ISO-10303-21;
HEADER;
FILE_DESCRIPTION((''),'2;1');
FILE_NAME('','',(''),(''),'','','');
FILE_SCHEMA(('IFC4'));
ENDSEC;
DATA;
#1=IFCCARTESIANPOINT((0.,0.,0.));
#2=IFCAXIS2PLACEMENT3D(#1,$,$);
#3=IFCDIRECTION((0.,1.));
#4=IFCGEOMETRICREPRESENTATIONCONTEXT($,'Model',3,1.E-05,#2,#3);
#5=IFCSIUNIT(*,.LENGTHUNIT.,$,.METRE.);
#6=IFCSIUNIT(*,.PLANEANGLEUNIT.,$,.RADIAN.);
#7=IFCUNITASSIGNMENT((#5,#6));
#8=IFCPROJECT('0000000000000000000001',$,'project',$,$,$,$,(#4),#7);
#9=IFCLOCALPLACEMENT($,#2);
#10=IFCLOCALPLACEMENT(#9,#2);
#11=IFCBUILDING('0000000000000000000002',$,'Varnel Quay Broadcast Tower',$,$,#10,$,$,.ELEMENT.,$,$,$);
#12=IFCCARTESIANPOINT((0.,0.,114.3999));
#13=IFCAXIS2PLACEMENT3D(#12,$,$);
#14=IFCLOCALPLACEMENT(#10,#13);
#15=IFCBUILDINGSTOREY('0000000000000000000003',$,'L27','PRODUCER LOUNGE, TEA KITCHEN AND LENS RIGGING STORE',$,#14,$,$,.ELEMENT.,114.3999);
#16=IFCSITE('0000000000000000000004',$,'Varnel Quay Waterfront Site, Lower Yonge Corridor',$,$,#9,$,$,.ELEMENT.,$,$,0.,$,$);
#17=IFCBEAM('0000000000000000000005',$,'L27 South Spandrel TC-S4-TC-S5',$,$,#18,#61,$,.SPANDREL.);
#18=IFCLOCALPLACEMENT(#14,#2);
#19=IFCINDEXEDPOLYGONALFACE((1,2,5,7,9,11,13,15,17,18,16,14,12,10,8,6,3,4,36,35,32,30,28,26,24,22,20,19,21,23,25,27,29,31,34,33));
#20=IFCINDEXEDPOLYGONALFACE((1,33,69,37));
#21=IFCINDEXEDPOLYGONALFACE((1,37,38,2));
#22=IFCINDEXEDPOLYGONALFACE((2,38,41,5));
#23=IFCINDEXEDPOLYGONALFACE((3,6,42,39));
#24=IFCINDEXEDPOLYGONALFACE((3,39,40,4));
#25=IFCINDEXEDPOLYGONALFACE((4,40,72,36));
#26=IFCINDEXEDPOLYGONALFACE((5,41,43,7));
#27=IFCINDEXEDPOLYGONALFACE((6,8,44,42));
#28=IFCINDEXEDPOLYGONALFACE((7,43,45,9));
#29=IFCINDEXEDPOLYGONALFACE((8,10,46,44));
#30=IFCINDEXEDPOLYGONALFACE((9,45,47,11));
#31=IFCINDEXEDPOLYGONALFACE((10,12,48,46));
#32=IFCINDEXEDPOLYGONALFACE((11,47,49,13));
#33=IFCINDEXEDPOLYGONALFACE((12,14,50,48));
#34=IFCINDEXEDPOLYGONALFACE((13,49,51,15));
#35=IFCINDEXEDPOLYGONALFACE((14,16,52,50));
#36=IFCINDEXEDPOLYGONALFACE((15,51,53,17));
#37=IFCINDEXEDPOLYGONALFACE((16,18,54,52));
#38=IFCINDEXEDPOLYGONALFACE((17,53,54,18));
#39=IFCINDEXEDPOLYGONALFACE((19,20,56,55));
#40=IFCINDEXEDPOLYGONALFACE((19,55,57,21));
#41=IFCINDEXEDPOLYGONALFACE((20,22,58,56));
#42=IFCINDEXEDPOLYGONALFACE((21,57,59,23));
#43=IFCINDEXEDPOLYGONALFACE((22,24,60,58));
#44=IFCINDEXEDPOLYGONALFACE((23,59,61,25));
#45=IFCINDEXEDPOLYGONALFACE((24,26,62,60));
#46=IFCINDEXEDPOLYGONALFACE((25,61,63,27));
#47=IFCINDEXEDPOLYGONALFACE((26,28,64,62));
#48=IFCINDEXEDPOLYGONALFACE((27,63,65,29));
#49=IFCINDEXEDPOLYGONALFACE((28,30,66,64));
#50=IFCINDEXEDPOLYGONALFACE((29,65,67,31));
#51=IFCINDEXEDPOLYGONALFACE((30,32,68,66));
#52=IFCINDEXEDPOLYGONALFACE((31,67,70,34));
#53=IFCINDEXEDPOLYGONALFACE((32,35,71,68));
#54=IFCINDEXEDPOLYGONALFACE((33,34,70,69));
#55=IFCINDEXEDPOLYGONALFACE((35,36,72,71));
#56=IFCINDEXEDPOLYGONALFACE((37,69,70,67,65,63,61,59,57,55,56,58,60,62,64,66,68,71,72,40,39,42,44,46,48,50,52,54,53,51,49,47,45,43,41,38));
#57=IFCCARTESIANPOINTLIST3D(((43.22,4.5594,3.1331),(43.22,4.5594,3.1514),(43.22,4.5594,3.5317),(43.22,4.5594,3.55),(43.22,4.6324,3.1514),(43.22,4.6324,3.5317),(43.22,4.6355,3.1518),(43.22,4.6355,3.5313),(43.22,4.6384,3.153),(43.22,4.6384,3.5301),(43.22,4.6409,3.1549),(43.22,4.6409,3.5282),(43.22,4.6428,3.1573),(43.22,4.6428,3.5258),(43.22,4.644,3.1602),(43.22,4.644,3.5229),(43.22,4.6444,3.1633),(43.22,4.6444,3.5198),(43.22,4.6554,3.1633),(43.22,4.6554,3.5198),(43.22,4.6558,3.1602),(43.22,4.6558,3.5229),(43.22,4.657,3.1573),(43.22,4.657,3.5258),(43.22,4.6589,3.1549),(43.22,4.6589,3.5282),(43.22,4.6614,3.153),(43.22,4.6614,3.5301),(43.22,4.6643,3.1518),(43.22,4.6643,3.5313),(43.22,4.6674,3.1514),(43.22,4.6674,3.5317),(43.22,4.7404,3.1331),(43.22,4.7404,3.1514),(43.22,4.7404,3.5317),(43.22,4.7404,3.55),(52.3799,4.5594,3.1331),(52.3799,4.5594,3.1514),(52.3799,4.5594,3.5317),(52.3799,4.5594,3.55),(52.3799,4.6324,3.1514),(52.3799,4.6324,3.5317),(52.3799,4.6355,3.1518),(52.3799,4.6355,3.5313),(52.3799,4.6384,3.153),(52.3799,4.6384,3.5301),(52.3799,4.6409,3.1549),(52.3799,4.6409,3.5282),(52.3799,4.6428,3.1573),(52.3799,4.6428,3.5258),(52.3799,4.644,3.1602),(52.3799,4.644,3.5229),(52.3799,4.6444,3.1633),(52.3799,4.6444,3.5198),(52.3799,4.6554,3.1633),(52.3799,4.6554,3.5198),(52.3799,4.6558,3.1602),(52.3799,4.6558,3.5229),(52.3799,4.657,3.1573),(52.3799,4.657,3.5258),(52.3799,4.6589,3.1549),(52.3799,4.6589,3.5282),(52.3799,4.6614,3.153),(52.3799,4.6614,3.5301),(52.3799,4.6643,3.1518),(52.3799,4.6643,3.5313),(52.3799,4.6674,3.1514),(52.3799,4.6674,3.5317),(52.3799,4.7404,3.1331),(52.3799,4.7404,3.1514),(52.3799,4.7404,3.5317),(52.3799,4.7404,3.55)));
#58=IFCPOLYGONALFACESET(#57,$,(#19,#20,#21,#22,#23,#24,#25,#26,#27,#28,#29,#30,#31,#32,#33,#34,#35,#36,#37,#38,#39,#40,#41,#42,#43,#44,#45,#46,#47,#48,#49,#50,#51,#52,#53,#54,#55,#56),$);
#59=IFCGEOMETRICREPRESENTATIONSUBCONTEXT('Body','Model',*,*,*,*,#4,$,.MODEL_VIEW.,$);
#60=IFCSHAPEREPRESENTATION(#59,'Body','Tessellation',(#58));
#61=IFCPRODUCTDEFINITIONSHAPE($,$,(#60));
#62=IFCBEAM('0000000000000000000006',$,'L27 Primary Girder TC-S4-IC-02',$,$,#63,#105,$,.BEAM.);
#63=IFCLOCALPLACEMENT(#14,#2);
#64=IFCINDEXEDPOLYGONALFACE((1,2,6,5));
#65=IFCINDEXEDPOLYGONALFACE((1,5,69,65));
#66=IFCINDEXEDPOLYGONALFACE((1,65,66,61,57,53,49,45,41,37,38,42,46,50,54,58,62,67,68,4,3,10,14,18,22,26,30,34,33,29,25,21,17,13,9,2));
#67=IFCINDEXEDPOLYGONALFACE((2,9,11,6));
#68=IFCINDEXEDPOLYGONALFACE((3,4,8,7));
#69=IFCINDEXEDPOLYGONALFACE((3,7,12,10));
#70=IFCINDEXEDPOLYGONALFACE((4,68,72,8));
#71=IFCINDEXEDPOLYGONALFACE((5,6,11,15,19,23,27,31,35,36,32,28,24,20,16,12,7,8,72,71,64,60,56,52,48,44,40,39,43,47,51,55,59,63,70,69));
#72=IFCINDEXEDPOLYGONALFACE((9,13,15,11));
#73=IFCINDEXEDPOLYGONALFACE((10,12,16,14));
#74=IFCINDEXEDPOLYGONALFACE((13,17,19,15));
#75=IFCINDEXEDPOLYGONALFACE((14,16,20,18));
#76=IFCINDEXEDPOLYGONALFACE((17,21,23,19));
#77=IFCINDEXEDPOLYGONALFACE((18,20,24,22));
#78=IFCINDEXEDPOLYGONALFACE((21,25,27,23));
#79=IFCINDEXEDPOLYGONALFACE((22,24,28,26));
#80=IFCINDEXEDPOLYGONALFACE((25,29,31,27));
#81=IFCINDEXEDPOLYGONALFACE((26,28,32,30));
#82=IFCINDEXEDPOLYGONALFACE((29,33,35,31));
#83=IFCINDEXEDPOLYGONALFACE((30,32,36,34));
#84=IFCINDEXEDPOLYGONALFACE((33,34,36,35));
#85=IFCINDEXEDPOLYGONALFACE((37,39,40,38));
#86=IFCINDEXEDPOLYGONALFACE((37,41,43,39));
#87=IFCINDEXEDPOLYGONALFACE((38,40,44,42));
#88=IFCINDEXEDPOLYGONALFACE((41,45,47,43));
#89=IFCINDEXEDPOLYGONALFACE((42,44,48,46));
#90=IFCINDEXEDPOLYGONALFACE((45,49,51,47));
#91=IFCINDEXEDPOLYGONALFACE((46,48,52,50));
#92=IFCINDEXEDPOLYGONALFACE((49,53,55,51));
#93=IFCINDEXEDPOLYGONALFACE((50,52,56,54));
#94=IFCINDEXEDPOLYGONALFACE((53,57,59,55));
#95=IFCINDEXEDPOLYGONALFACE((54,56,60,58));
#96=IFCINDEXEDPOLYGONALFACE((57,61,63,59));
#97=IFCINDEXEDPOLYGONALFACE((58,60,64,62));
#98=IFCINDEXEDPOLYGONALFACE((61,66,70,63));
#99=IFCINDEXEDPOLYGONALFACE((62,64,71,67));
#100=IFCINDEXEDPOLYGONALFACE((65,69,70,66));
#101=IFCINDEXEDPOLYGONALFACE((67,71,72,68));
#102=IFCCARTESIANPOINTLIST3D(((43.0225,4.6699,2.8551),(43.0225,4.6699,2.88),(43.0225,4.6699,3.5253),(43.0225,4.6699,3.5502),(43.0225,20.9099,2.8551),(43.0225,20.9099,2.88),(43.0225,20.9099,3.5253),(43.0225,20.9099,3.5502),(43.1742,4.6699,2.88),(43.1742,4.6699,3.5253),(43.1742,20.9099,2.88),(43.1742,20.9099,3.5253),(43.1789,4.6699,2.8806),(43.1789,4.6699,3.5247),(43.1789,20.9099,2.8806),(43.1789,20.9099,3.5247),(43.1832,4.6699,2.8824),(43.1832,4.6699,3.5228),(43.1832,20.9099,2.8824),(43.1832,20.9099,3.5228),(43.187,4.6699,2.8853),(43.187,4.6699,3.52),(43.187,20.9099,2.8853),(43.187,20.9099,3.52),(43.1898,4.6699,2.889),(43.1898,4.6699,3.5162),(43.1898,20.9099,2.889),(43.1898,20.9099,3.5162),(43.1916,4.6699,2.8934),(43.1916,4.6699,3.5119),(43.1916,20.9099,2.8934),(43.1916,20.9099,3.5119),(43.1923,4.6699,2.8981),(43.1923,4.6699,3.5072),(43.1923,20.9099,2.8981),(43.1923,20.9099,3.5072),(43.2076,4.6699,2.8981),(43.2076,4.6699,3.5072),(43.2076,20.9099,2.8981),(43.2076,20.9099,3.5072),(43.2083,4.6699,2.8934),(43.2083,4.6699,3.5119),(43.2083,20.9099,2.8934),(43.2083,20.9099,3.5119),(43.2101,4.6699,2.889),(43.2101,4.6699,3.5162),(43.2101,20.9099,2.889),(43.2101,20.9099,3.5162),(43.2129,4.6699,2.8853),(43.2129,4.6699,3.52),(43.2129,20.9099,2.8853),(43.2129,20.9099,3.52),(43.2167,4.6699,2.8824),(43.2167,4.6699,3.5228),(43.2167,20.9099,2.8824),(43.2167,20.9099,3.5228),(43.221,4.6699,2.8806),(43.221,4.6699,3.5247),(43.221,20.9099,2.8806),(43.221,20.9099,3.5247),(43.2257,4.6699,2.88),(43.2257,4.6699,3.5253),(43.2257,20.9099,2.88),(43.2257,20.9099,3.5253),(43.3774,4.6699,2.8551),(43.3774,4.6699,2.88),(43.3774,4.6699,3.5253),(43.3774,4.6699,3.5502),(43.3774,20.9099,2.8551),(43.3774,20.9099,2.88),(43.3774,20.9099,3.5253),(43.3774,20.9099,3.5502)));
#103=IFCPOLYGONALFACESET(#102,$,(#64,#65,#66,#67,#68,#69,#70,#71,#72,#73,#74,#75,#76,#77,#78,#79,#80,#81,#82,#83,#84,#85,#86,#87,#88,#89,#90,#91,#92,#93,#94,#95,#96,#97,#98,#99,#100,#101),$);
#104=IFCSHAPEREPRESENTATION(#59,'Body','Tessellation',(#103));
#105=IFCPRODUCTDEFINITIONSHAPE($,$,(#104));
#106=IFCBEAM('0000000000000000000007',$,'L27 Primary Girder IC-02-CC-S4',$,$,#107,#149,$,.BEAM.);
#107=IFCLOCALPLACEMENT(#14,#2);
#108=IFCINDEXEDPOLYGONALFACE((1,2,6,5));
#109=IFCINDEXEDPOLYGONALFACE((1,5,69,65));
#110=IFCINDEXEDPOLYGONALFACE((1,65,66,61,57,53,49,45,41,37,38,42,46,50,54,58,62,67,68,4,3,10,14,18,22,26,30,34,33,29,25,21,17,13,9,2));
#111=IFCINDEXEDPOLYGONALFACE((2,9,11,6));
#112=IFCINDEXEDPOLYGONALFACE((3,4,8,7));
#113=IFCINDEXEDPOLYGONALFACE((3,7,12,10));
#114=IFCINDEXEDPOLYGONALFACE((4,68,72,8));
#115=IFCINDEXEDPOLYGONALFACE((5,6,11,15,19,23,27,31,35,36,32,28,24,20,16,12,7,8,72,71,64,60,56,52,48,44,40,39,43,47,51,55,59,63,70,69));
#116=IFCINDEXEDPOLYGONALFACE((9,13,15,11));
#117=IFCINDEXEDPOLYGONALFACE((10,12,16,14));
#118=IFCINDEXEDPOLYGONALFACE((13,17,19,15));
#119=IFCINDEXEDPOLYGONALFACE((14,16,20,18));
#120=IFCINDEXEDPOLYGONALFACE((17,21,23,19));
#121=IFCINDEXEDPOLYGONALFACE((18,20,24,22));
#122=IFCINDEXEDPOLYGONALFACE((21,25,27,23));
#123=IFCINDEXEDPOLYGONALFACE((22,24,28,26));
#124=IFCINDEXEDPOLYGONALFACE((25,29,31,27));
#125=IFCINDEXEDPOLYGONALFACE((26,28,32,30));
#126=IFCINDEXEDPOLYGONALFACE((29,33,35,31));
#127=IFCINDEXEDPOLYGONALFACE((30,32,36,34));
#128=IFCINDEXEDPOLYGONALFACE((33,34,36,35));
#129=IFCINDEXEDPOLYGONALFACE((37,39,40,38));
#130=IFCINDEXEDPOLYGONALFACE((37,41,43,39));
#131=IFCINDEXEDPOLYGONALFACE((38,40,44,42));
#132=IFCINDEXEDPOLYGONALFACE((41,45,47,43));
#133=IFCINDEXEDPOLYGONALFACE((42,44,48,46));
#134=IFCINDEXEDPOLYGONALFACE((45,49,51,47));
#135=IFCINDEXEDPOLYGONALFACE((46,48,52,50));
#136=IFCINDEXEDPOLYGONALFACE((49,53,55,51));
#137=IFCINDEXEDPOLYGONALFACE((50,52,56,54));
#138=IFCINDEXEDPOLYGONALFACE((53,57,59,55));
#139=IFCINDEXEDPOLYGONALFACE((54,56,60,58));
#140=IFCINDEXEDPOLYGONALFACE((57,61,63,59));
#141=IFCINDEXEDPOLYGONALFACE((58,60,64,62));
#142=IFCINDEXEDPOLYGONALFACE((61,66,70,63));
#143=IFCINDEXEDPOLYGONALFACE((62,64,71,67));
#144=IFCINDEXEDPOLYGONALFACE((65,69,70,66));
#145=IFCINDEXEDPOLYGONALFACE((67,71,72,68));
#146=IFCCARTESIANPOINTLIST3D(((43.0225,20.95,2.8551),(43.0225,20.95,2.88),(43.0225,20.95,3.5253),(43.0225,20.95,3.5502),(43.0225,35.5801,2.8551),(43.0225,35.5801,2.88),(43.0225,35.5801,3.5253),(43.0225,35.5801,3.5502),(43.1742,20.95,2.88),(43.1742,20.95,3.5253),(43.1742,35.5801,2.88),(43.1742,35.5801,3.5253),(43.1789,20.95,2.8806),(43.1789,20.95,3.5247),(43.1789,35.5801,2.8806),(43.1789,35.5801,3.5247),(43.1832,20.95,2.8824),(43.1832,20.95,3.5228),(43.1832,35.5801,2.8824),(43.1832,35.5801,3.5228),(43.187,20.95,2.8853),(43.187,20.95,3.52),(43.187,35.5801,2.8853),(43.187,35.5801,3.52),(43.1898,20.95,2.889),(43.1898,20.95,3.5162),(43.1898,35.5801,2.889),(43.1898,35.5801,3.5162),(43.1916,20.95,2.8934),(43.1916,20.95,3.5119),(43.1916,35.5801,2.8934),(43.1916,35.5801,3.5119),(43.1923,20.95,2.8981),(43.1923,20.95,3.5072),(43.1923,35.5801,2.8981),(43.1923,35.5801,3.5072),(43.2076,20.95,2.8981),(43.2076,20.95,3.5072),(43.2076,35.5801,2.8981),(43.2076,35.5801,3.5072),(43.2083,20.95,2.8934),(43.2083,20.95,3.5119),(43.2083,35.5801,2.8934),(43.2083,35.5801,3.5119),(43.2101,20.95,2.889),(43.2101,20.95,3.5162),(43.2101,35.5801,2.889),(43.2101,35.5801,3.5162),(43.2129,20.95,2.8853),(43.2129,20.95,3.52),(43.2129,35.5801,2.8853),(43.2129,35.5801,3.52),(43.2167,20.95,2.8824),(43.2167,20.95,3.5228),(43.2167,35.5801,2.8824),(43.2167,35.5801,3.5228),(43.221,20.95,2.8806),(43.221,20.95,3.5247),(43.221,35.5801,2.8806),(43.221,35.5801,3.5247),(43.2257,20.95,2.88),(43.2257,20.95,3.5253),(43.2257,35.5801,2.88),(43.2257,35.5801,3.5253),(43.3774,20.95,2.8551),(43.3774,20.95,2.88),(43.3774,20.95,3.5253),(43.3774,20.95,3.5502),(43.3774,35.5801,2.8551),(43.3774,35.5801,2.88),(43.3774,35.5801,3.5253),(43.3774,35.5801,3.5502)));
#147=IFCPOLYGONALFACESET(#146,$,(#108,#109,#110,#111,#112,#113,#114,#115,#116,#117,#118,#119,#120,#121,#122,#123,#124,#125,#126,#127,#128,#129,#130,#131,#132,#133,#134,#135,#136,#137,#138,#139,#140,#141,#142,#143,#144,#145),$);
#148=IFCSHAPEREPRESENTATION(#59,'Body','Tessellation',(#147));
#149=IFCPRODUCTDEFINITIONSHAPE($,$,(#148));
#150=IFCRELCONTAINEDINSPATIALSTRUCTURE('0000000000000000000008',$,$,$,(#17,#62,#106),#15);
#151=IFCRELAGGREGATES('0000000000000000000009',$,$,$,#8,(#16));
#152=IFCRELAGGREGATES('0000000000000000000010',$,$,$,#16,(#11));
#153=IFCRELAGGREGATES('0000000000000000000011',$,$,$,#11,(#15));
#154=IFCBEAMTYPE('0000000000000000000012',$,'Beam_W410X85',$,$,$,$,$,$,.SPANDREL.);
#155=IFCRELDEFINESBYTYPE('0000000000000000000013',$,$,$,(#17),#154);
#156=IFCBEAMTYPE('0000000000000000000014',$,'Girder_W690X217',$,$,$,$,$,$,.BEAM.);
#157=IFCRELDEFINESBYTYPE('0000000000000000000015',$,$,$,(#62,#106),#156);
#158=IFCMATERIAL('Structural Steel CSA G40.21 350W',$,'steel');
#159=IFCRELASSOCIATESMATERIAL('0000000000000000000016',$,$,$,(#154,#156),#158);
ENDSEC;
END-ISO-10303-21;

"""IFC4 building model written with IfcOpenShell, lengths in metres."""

from ifc_helpers import new_model, si_unit, direction, frame, origin, origin_2d, place, context, subcontext, project, spatial, i_section, extrude, source, transform, mapped, material, material_profile, profile_set, type_object, type_shapes, element, save


model = new_model("IFC4")

# Units and contexts
model_context = context("Model", 3, precision=1e-05, world=origin(), true_north=direction((0.0, 1.0)))
body_context = subcontext(model_context, "Body", "Model", "MODEL_VIEW")
ifc_project = project(units=[si_unit("LENGTHUNIT", "METRE"), si_unit("PLANEANGLEUNIT", "RADIAN")], contexts=[model_context])

# Site, building, storey
site_placement = place(None, origin())
site = spatial("IfcSite", under=ifc_project, at=site_placement, Name="Varnel Quay Waterfront Site, Lower Yonge Corridor", CompositionType="ELEMENT", RefElevation=0.0)
building_placement = place(site_placement, origin())
building = spatial("IfcBuilding", under=site, at=building_placement, Name="Varnel Quay Broadcast Tower", CompositionType="ELEMENT")
storey_placement = place(building_placement, frame((0.0, 0.0, 114.3999)))
storey = spatial("IfcBuildingStorey", under=building, at=storey_placement, Name="L27", Description="PRODUCER LOUNGE, TEA KITCHEN AND LENS RIGGING STORE", CompositionType="ELEMENT", Elevation=114.3999)

# Shared definitions
ifc_material_1 = material(Name="Structural Steel CSA G40.21 350W", Category="steel")

# Beams
ifc_material_profile_1 = material_profile(ifc_material_1, i_section(OverallWidth=0.1809, OverallDepth=0.417, WebThickness=0.011, FlangeThickness=0.0183, FilletRadius=0.012, at=origin_2d()), Name="W410X85")
ifc_profile_set_1 = profile_set([ifc_material_profile_1], Name="Structural Steel CSA G40.21 350W")
beam_type_1 = type_object("IfcBeamType", Name="Beam_W410X85", PredefinedType="SPANDREL", material=ifc_profile_set_1)
shared_shape_1 = source(origin(), body_context, "Body", "SweptSolid", [
    extrude(i_section(OverallWidth=0.1809, OverallDepth=0.417, WebThickness=0.011, FlangeThickness=0.0183, FilletRadius=0.012, at=origin_2d()), origin(), (0.0, 0.0, 1.0), 9.1599),
])
type_shapes(beam_type_1, [shared_shape_1])
for number, where, z_axis, x_axis, name in (
    (1, (43.22, 4.6499, 3.3416), (1.0, 0.0, 0.0), (0.0, 1.0, 0.0), "L27 South Spandrel TC-S4-TC-S5"),
):
    element("IfcBeam", number, at=place(storey_placement, frame(where, z_axis=z_axis, x_axis=x_axis)), inside=storey, type_object=beam_type_1, Name=name, PredefinedType="SPANDREL", context=body_context, shape_type="MappedRepresentation", body=[
        mapped(shared_shape_1, transform((0.0, 0.0, 0.0), x_axis=(1.0, 0.0, 0.0), y_axis=(0.0, 1.0, 0.0), z_axis=(0.0, 0.0, 1.0), scale=1.0)),
    ])
ifc_material_profile_2 = material_profile(ifc_material_1, i_section(OverallWidth=0.355, OverallDepth=0.6951, WebThickness=0.0154, FlangeThickness=0.0249, FilletRadius=0.0181, at=origin_2d()), Name="W690X217")
ifc_profile_set_2 = profile_set([ifc_material_profile_2], Name="Structural Steel CSA G40.21 350W")
beam_type_2 = type_object("IfcBeamType", Name="Girder_W690X217", PredefinedType="BEAM", material=ifc_profile_set_2)
shared_shape_2 = source(origin(), body_context, "Body", "SweptSolid", [
    extrude(i_section(OverallWidth=0.355, OverallDepth=0.6951, WebThickness=0.0154, FlangeThickness=0.0249, FilletRadius=0.0181, at=origin_2d()), origin(), (0.0, 0.0, 1.0), 16.24),
])
beam_1_placement = place(storey_placement, frame((43.2, 4.6699, 3.2026), z_axis=(0.0, 1.0, 0.0), x_axis=(-1.0, 0.0, 0.0)))
element("IfcBeam", 2, at=beam_1_placement, inside=storey, type_object=beam_type_2, Name="L27 Primary Girder TC-S4-IC-02", PredefinedType="BEAM", context=body_context, shape_type="MappedRepresentation", body=[
    mapped(shared_shape_2, transform((0.0, 0.0, 0.0), x_axis=(1.0, 0.0, 0.0), y_axis=(0.0, 1.0, 0.0), z_axis=(0.0, 0.0, 1.0), scale=1.0)),
])
shared_shape_3 = source(origin(), body_context, "Body", "SweptSolid", [
    extrude(i_section(OverallWidth=0.355, OverallDepth=0.6951, WebThickness=0.0154, FlangeThickness=0.0249, FilletRadius=0.0181, at=origin_2d()), origin(), (0.0, 0.0, 1.0), 14.6301),
])
beam_2_placement = place(storey_placement, frame((43.2, 20.95, 3.2026), z_axis=(0.0, 1.0, 0.0), x_axis=(-1.0, 0.0, 0.0)))
element("IfcBeam", 3, at=beam_2_placement, inside=storey, type_object=beam_type_2, Name="L27 Primary Girder IC-02-CC-S4", PredefinedType="BEAM", context=body_context, shape_type="MappedRepresentation", body=[
    mapped(shared_shape_3, transform((0.0, 0.0, 0.0), x_axis=(1.0, 0.0, 0.0), y_axis=(0.0, 1.0, 0.0), z_axis=(0.0, 0.0, 1.0), scale=1.0)),
])

save(model, "model.ifc")
